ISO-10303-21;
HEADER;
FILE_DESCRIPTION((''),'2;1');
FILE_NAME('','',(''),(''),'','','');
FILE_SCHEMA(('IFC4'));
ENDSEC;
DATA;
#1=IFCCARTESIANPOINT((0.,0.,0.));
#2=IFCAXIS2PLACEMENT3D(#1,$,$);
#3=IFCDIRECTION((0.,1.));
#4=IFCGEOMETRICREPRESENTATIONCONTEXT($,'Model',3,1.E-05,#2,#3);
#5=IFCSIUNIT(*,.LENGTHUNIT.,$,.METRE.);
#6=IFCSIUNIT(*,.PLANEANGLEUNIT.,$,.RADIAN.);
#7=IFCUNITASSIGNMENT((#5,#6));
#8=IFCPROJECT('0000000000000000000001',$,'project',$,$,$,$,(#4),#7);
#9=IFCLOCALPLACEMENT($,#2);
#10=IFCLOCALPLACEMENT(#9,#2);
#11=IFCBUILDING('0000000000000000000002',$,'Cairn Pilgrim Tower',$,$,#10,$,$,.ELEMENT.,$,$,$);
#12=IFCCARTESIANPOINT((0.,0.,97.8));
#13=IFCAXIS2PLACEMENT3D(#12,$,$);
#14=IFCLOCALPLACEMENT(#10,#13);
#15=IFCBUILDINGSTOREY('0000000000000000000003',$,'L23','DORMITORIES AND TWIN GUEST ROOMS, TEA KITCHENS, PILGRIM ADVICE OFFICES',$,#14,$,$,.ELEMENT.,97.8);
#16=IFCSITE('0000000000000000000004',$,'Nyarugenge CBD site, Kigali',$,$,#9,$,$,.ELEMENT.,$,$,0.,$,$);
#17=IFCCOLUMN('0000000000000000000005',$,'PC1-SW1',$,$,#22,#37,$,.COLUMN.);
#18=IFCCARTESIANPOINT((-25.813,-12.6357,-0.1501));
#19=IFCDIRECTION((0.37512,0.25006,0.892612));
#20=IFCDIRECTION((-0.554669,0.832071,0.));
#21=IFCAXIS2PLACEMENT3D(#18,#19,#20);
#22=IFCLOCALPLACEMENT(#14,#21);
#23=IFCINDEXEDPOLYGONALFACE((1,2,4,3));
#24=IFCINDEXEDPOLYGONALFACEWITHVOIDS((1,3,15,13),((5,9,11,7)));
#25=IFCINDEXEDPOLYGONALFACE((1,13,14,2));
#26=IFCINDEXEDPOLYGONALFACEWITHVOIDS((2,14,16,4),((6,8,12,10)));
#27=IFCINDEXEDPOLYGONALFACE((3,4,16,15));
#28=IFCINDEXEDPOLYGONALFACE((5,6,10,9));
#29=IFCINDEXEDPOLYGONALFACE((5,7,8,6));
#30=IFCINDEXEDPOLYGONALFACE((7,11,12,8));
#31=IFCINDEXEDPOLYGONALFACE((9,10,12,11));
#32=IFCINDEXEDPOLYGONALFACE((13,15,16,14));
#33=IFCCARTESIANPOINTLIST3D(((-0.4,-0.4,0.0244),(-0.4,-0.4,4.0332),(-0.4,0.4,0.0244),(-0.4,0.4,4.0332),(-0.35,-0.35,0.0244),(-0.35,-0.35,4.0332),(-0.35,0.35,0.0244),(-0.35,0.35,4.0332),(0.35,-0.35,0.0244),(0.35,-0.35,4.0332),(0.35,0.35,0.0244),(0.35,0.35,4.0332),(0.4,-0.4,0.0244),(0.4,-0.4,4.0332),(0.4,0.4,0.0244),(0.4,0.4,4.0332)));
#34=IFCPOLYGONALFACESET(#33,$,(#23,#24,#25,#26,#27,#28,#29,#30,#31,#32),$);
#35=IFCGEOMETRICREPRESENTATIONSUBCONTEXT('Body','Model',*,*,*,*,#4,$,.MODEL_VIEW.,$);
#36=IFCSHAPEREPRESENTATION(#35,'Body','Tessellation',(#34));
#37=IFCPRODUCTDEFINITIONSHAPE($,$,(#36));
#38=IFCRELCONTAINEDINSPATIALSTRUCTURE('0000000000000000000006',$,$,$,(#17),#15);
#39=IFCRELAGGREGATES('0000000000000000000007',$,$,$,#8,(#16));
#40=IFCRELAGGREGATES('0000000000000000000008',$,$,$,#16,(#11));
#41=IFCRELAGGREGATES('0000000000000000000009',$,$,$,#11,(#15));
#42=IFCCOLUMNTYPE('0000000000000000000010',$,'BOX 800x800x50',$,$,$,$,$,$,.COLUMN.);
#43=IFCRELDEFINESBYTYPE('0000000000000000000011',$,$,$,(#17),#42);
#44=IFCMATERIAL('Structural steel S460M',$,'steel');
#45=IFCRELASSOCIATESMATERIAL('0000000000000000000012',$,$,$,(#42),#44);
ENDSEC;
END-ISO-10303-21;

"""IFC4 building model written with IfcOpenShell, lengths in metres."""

from ifc_helpers import new_model, si_unit, direction, frame, origin, origin_2d, place, context, subcontext, project, spatial, hollow_rectangle, extrude, clip, halfspace, material, material_profile, profile_set, type_object, element, save


model = new_model("IFC4")

# Units and contexts
model_context = context("Model", 3, precision=1e-05, world=origin(), true_north=direction((0.0, 1.0)))
body_context = subcontext(model_context, "Body", "Model", "MODEL_VIEW")
ifc_project = project(units=[si_unit("LENGTHUNIT", "METRE"), si_unit("PLANEANGLEUNIT", "RADIAN")], contexts=[model_context])

# Site, building, storey
site_placement = place(None, origin())
site = spatial("IfcSite", under=ifc_project, at=site_placement, Name="Nyarugenge CBD site, Kigali", CompositionType="ELEMENT", RefElevation=0.0)
building_placement = place(site_placement, origin())
building = spatial("IfcBuilding", under=site, at=building_placement, Name="Cairn Pilgrim Tower", CompositionType="ELEMENT")
storey_placement = place(building_placement, frame((0.0, 0.0, 97.8)))
storey = spatial("IfcBuildingStorey", under=building, at=storey_placement, Name="L23", Description="DORMITORIES AND TWIN GUEST ROOMS, TEA KITCHENS, PILGRIM ADVICE OFFICES", CompositionType="ELEMENT", Elevation=97.8)

# Column
ifc_material_1 = material(Name="Structural steel S460M", Category="steel")
ifc_material_profile_1 = material_profile(ifc_material_1, hollow_rectangle(XDim=0.8, YDim=0.8, WallThickness=0.05, at=origin_2d()), Name="BOX 800x800x50")
ifc_profile_set_1 = profile_set([ifc_material_profile_1], Name="Structural steel S460M")
column_type = type_object("IfcColumnType", Name="BOX 800x800x50", PredefinedType="COLUMN", material=ifc_profile_set_1)
for number, where, z_axis, x_axis, name in (
    (1, (-25.813, -12.6357, -0.1501), (0.37512, 0.25006, 0.892612), (-0.554669, 0.832071, 0.0), "PC1-SW1"),
):
    element("IfcColumn", number, at=place(storey_placement, frame(where, z_axis=z_axis, x_axis=x_axis)), inside=storey, type_object=column_type, Name=name, PredefinedType="COLUMN", context=body_context, shape_type="Clipping", body=[
        clip(extrude(hollow_rectangle(XDim=0.8, YDim=0.8, WallThickness=0.05, at=origin_2d()), origin(), (0.0, 0.0, 1.0), 4.0332), halfspace(frame((0.0, 0.0, 0.0244), z_axis=(0.0, 0.0, 1.0), x_axis=(1.0, 0.0, 0.0)), True)),
    ])

save(model, "model.ifc")
